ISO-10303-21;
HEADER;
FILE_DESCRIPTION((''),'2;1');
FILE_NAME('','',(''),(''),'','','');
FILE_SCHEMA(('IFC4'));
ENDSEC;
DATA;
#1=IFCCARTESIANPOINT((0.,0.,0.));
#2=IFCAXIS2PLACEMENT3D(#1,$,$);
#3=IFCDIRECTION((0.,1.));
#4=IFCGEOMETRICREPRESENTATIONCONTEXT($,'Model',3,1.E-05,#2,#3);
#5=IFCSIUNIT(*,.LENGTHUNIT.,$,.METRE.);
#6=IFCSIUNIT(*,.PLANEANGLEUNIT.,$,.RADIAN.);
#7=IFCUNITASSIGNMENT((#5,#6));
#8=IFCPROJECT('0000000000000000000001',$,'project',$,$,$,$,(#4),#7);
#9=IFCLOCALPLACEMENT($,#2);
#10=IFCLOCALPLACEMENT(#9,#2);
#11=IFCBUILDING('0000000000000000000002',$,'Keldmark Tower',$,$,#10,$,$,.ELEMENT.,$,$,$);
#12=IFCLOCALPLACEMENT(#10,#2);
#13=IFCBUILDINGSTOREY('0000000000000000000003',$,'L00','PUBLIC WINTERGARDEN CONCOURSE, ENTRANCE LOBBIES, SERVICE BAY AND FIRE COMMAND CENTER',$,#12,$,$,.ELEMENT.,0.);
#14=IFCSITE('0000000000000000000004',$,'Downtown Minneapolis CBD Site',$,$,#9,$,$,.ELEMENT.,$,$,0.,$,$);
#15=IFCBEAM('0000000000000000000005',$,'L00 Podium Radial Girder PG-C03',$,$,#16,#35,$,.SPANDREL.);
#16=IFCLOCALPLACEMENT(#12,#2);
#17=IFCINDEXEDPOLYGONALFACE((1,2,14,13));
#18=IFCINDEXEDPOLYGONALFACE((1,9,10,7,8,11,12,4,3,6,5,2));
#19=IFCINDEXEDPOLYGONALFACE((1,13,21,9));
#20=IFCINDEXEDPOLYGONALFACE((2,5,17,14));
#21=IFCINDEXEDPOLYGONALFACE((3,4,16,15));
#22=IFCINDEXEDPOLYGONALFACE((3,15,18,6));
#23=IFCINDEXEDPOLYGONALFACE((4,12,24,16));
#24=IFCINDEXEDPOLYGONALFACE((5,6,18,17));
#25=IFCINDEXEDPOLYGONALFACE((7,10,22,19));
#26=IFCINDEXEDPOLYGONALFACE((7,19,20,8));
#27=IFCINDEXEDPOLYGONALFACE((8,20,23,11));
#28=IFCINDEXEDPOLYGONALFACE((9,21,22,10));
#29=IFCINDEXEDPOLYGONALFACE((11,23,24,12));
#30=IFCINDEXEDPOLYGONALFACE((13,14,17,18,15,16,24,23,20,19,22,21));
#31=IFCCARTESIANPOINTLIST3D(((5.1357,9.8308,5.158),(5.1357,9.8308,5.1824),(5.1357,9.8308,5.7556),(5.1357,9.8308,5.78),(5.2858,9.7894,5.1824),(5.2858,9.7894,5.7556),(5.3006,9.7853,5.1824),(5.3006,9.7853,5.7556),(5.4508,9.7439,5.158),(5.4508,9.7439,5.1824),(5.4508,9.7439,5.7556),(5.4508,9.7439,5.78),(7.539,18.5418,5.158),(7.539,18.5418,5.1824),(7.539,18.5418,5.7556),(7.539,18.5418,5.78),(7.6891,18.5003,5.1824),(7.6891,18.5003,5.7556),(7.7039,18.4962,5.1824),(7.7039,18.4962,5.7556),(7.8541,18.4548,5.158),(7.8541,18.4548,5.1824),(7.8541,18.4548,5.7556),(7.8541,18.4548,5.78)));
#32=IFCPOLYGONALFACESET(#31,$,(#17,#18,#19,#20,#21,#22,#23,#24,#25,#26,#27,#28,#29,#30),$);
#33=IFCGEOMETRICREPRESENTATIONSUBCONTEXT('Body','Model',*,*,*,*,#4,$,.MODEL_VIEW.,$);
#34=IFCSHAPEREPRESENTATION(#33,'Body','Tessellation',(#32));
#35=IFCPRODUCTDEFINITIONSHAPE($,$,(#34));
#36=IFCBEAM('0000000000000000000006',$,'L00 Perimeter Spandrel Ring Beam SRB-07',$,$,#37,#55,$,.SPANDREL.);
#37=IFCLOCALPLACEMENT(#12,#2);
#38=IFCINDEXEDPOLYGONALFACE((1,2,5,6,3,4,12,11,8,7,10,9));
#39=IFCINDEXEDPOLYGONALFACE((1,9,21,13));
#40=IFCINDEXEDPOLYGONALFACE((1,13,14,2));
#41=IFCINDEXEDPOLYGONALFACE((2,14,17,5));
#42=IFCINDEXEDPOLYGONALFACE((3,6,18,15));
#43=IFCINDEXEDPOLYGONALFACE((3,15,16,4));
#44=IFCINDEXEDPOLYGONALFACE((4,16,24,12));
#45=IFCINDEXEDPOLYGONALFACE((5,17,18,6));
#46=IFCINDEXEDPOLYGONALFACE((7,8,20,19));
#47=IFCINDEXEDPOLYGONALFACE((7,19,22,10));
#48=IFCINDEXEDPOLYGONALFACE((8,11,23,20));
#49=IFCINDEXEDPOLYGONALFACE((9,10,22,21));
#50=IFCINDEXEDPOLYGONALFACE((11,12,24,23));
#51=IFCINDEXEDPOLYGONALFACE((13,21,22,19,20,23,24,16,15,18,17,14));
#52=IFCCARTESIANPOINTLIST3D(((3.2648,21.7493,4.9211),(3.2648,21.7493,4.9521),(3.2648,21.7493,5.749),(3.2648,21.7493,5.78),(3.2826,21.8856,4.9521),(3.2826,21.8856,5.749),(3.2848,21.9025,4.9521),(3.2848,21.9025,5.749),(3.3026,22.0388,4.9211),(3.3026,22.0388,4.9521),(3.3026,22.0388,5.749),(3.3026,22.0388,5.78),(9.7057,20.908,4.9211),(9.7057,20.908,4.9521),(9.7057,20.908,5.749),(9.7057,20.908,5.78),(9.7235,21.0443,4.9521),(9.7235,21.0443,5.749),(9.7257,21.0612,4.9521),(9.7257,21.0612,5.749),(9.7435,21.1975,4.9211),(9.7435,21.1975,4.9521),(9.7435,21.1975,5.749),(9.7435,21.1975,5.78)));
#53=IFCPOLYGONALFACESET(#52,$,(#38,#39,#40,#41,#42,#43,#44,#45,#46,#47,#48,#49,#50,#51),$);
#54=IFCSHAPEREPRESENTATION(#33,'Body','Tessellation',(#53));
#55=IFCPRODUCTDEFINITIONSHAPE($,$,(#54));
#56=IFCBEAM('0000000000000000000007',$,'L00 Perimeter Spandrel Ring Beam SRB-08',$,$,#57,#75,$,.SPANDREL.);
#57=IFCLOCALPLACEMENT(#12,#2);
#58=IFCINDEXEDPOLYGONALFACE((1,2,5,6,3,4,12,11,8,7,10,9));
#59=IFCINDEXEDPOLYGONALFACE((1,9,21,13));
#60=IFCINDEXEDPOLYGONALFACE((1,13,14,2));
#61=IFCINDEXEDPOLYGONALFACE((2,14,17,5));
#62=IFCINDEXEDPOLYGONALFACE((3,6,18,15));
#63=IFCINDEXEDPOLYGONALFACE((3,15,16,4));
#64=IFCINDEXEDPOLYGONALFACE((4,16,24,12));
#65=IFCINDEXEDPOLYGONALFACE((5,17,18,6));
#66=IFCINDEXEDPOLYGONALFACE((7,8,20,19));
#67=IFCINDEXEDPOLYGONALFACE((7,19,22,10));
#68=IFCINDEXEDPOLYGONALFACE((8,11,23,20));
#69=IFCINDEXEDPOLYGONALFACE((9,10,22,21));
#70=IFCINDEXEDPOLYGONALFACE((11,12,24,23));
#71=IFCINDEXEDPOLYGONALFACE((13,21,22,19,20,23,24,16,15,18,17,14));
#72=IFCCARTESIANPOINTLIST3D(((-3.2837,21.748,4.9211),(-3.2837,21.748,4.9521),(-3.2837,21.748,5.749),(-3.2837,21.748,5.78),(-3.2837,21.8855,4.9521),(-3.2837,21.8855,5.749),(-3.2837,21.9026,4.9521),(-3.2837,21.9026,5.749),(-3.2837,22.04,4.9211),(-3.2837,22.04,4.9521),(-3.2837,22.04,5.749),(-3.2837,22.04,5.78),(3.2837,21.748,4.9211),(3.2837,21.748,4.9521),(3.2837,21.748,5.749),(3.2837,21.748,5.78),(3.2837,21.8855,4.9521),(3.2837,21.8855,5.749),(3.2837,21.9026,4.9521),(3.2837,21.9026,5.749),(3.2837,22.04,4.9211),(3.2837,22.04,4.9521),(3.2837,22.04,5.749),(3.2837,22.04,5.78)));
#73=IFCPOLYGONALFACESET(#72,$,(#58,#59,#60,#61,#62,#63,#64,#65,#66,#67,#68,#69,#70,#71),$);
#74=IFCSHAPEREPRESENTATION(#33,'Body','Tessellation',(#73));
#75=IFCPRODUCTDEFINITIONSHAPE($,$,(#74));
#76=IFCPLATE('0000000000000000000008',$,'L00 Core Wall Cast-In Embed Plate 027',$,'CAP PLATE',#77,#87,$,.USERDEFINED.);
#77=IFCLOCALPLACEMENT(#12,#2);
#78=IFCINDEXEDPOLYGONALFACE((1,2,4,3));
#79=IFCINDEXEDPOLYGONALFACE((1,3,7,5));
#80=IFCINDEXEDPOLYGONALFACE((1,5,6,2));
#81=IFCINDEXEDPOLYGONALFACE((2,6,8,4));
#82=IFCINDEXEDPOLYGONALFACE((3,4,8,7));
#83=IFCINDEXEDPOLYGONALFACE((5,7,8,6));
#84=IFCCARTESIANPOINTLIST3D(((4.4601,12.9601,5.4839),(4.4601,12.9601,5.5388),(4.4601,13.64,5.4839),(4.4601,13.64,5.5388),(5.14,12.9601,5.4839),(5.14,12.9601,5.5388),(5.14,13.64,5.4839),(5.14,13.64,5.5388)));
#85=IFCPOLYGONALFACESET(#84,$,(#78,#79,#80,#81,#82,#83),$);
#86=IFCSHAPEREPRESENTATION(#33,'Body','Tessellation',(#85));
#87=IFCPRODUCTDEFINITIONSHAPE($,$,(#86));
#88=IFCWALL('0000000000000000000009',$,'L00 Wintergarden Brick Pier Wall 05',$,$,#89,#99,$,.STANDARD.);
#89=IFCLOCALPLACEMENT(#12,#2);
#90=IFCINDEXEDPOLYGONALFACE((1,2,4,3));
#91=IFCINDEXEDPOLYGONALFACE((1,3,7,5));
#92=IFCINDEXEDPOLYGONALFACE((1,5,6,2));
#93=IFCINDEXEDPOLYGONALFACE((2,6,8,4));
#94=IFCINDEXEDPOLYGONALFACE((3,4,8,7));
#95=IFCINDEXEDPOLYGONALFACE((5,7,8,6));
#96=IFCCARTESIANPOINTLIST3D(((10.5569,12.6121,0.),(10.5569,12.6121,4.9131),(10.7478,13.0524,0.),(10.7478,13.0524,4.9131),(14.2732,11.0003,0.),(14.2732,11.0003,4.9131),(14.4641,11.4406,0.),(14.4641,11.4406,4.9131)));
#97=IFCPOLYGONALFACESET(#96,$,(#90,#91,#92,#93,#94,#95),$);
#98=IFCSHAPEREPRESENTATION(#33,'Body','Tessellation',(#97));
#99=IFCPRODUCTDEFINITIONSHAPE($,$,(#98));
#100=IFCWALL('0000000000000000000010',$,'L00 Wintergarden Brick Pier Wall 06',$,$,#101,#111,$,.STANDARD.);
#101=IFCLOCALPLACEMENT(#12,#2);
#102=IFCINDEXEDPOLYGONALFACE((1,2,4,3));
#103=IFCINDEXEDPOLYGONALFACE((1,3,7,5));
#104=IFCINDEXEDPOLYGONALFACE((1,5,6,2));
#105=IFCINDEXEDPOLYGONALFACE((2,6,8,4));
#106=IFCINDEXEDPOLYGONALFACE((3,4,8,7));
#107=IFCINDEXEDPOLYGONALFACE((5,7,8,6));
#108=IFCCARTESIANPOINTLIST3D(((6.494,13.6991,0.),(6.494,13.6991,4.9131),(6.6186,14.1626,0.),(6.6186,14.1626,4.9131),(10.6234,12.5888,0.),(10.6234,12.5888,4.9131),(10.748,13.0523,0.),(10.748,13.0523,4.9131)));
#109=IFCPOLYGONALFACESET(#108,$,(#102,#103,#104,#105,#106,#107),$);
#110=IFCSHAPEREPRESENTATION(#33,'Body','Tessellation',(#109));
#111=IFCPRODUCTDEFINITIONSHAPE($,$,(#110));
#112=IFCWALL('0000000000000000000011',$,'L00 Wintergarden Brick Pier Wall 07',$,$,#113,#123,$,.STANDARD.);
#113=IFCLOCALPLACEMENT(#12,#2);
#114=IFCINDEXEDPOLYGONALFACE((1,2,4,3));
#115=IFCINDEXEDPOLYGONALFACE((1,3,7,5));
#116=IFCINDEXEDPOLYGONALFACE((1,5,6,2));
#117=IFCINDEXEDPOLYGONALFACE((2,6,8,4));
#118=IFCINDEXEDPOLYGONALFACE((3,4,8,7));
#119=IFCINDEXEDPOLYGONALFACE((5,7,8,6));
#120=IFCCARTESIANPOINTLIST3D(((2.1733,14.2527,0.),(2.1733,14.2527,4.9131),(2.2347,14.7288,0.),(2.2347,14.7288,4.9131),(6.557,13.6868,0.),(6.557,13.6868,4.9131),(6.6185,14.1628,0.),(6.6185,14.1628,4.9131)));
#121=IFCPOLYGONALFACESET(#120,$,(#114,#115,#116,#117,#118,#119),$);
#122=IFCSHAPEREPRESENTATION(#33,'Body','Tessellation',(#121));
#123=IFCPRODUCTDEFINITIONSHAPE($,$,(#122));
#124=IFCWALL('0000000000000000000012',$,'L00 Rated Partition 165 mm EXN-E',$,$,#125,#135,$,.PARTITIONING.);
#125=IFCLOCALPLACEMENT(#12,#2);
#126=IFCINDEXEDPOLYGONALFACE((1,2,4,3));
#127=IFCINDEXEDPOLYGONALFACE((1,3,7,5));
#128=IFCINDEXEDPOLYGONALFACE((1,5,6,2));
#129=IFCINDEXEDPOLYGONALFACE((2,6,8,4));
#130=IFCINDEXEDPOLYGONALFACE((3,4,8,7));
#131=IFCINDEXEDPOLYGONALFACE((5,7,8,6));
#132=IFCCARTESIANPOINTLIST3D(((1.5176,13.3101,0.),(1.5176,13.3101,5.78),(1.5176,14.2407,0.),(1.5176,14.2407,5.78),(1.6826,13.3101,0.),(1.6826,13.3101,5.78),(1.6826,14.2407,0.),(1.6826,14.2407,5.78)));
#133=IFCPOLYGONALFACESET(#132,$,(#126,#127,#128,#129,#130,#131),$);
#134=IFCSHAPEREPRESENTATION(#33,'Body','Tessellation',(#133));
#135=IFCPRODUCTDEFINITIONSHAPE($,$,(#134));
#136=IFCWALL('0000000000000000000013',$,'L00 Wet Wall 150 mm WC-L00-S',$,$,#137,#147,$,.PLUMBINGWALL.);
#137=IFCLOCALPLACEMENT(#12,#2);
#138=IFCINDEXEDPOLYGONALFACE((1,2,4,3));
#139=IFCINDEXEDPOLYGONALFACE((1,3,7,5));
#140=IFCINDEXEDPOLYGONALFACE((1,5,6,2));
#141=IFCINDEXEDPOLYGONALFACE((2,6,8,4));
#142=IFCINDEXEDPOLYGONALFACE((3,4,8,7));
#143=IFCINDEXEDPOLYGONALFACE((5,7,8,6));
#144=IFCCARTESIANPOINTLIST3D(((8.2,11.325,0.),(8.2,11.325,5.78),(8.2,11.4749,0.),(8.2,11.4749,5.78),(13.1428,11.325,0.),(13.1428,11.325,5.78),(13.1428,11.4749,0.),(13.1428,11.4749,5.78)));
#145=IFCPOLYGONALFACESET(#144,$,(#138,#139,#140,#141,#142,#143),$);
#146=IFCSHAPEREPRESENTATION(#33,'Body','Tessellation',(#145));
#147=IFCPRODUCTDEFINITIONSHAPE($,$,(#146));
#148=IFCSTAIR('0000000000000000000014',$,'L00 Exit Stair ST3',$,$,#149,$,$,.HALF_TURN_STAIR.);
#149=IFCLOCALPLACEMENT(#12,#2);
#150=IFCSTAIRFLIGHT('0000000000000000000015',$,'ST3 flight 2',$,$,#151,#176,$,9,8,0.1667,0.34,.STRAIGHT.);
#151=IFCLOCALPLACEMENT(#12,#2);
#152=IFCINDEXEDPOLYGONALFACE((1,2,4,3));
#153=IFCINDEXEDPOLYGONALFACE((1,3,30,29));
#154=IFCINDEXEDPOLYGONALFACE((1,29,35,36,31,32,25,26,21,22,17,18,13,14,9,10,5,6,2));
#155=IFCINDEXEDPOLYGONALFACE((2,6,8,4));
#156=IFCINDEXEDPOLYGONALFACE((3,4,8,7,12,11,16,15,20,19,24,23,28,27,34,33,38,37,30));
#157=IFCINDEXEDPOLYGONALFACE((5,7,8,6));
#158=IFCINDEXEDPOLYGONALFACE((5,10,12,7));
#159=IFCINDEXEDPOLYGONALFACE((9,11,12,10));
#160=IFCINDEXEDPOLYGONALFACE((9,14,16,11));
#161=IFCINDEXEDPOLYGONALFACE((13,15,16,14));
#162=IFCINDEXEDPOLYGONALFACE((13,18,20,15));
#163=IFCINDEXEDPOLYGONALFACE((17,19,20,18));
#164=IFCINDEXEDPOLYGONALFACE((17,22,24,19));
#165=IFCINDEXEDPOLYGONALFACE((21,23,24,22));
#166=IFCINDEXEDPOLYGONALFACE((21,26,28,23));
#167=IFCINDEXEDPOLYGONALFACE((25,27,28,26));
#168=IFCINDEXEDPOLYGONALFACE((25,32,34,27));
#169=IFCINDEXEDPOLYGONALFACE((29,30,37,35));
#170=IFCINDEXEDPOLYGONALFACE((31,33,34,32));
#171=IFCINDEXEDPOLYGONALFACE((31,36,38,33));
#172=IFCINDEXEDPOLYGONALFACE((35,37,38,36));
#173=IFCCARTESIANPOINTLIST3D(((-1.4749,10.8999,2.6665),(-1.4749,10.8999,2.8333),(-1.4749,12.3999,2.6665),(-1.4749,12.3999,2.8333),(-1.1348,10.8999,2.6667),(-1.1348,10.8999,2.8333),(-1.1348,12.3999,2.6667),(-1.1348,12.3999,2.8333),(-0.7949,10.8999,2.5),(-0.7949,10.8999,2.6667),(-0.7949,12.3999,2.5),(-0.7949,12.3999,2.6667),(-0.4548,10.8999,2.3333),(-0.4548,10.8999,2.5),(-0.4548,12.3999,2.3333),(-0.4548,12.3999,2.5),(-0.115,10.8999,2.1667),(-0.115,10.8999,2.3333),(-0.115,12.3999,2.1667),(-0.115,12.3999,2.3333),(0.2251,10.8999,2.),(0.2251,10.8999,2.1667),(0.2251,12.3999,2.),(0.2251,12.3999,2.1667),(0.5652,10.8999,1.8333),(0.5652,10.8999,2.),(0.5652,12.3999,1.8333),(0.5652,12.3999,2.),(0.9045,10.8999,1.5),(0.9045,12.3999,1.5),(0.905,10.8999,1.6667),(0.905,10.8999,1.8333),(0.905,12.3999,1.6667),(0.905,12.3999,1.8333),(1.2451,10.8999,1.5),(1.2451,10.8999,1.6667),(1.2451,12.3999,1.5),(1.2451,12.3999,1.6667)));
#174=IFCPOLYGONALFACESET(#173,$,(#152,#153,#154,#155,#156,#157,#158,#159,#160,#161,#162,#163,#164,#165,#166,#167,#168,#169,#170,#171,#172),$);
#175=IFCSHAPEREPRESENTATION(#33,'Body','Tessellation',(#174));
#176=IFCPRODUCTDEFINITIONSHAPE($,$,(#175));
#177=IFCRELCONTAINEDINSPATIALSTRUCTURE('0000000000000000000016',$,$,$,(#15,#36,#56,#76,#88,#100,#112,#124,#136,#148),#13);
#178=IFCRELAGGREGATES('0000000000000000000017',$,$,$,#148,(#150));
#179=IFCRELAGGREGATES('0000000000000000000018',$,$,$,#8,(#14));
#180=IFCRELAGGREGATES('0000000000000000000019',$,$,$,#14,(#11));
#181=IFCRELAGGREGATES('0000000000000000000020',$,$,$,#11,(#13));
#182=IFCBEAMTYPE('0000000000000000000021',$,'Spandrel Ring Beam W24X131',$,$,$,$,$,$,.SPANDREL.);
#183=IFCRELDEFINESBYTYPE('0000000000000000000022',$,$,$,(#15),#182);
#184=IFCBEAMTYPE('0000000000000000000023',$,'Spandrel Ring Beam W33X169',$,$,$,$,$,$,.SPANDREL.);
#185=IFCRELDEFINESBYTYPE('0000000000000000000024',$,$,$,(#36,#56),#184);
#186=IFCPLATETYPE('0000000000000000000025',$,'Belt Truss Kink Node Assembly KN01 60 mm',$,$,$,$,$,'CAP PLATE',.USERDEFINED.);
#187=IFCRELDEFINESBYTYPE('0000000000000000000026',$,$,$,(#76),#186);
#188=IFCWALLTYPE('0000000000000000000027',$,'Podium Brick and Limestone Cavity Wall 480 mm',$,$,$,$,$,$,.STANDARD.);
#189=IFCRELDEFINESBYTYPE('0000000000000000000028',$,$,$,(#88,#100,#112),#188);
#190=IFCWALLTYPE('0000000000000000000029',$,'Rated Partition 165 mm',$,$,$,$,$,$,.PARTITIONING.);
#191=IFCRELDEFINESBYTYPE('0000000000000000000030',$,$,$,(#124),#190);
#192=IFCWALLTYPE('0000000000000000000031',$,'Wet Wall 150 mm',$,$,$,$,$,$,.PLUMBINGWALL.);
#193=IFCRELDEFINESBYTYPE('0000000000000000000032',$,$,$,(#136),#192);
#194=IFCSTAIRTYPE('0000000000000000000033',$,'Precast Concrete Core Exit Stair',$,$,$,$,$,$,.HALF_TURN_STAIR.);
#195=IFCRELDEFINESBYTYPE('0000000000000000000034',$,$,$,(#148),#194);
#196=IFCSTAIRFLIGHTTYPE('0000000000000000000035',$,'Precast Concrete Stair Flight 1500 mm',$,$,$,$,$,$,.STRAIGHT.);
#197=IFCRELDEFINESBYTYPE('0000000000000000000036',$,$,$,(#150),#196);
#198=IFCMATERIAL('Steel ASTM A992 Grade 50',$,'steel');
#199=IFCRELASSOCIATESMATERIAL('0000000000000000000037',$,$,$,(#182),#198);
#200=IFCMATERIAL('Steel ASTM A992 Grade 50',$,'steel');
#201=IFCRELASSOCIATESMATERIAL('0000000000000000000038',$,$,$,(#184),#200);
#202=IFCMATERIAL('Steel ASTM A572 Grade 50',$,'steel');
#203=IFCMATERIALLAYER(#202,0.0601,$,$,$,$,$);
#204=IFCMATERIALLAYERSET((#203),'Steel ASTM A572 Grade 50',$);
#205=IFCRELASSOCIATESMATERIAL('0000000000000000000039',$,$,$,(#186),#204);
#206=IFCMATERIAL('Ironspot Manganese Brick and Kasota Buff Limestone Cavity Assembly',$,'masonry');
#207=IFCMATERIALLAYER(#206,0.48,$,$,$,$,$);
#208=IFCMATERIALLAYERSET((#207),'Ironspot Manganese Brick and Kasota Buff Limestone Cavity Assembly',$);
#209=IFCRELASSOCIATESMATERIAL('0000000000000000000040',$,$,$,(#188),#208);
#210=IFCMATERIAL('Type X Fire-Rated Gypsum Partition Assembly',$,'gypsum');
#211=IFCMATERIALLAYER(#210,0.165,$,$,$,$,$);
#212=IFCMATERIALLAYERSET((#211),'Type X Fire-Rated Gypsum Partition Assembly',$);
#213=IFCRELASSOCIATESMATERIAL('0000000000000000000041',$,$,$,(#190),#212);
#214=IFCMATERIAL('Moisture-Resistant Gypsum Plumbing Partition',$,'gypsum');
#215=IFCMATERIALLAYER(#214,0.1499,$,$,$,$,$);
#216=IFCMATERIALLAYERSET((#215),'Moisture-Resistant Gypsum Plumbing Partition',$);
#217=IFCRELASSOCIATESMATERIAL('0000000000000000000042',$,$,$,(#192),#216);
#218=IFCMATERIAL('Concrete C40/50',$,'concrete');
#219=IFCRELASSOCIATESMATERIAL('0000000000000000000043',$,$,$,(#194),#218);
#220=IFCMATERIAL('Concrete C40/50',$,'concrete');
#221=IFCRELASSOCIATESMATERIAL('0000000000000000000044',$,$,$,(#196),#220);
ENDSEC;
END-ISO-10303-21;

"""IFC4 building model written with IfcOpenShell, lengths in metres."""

from ifc_helpers import new_model, si_unit, direction, frame, frame_2d, origin, origin_2d, place, context, subcontext, project, spatial, polyline, rectangle, i_section, outline, extrude, material, layer, layer_set, material_profile, profile_set, type_object, element, aggregate, save


model = new_model("IFC4")

# Units and contexts
model_context = context("Model", 3, precision=1e-05, world=origin(), true_north=direction((0.0, 1.0)))
body_context = subcontext(model_context, "Body", "Model", "MODEL_VIEW")
ifc_project = project(units=[si_unit("LENGTHUNIT", "METRE"), si_unit("PLANEANGLEUNIT", "RADIAN")], contexts=[model_context])

# Site, building, storey
site_placement = place(None, origin())
site = spatial("IfcSite", under=ifc_project, at=site_placement, Name="Downtown Minneapolis CBD Site", CompositionType="ELEMENT", RefElevation=0.0)
building_placement = place(site_placement, origin())
building = spatial("IfcBuilding", under=site, at=building_placement, Name="Keldmark Tower", CompositionType="ELEMENT")
storey_placement = place(building_placement, origin())
storey = spatial("IfcBuildingStorey", under=building, at=storey_placement, Name="L00", Description="PUBLIC WINTERGARDEN CONCOURSE, ENTRANCE LOBBIES, SERVICE BAY AND FIRE COMMAND CENTER", CompositionType="ELEMENT", Elevation=0.0)

# Beams
ifc_material_1 = material(Name="Steel ASTM A992 Grade 50", Category="steel")
ifc_material_profile_1 = material_profile(ifc_material_1, i_section(OverallWidth=0.3269, OverallDepth=0.6221, WebThickness=0.0154, FlangeThickness=0.0244, at=origin_2d()), Name="W24X131")
ifc_profile_set_1 = profile_set([ifc_material_profile_1], Name="Steel ASTM A992 Grade 50")
beam_type_1 = type_object("IfcBeamType", Name="Spandrel Ring Beam W24X131", PredefinedType="SPANDREL", material=ifc_profile_set_1)
beam_1_placement = place(storey_placement, frame((7.6965, 18.4983, 5.469), z_axis=(-0.26596, -0.963984, 0.0), x_axis=(0.963984, -0.26596, 0.0)))
element("IfcBeam", 1, at=beam_1_placement, inside=storey, type_object=beam_type_1, Name="L00 Podium Radial Girder PG-C03", PredefinedType="SPANDREL", context=body_context, shape_type="SweptSolid", body=[
    extrude(i_section(OverallWidth=0.3269, OverallDepth=0.6221, WebThickness=0.0154, FlangeThickness=0.0244, at=origin_2d()), origin(), (0.0, 0.0, 1.0), 9.0364),
])
ifc_material_2 = material(Name="Steel ASTM A992 Grade 50", Category="steel")
ifc_material_profile_2 = material_profile(ifc_material_2, i_section(OverallWidth=0.292, OverallDepth=0.8589, WebThickness=0.0171, FlangeThickness=0.031, at=origin_2d()), Name="W33X169")
ifc_profile_set_2 = profile_set([ifc_material_profile_2], Name="Steel ASTM A992 Grade 50")
beam_type_2 = type_object("IfcBeamType", Name="Spandrel Ring Beam W33X169", PredefinedType="SPANDREL", material=ifc_profile_set_2)
beam_2_placement = place(storey_placement, frame((9.7246, 21.0527, 5.3506), z_axis=(-0.991577, 0.129519, 0.0), x_axis=(-0.129519, -0.991577, 0.0)))
element("IfcBeam", 2, at=beam_2_placement, inside=storey, type_object=beam_type_2, Name="L00 Perimeter Spandrel Ring Beam SRB-07", PredefinedType="SPANDREL", context=body_context, shape_type="SweptSolid", body=[
    extrude(i_section(OverallWidth=0.292, OverallDepth=0.8589, WebThickness=0.0171, FlangeThickness=0.031, at=origin_2d()), origin(), (0.0, 0.0, 1.0), 6.4956),
])
beam_3_placement = place(storey_placement, frame((3.2837, 21.894, 5.3506), z_axis=(-1.0, 0.0, 0.0), x_axis=(0.0, -1.0, 0.0)))
element("IfcBeam", 3, at=beam_3_placement, inside=storey, type_object=beam_type_2, Name="L00 Perimeter Spandrel Ring Beam SRB-08", PredefinedType="SPANDREL", context=body_context, shape_type="SweptSolid", body=[
    extrude(i_section(OverallWidth=0.292, OverallDepth=0.8589, WebThickness=0.0171, FlangeThickness=0.031, at=origin_2d()), origin(), (0.0, 0.0, 1.0), 6.5674),
])

# Plate
ifc_material_3 = material(Name="Steel ASTM A572 Grade 50", Category="steel")
ifc_layer_1 = layer(ifc_material_3, 0.0601)
ifc_layer_set_1 = layer_set([ifc_layer_1], Name="Steel ASTM A572 Grade 50")
plate_type = type_object("IfcPlateType", Name="Belt Truss Kink Node Assembly KN01 60 mm", ElementType="CAP PLATE", PredefinedType="USERDEFINED", material=ifc_layer_set_1)
plate_placement = place(storey_placement, frame((4.8, 13.3, 5.4839), z_axis=(0.0, 0.0, 1.0), x_axis=(1.0, 0.0, 0.0)))
element("IfcPlate", 4, at=plate_placement, inside=storey, type_object=plate_type, Name="L00 Core Wall Cast-In Embed Plate 027", ObjectType="CAP PLATE", PredefinedType="USERDEFINED", context=body_context, shape_type="SweptSolid", body=[
    extrude(rectangle(XDim=0.6799, YDim=0.6799, at=origin_2d()), origin(), (0.0, 0.0, 1.0), 0.0549),
])

# Walls
ifc_material_4 = material(Name="Ironspot Manganese Brick and Kasota Buff Limestone Cavity Assembly", Category="masonry")
ifc_layer_2 = layer(ifc_material_4, 0.48)
ifc_layer_set_2 = layer_set([ifc_layer_2], Name="Ironspot Manganese Brick and Kasota Buff Limestone Cavity Assembly")
wall_type_1 = type_object("IfcWallType", Name="Podium Brick and Limestone Cavity Wall 480 mm", PredefinedType="STANDARD", material=ifc_layer_set_2)
wall_1_placement = place(storey_placement, frame((10.6523, 12.8323, 0.0), z_axis=(0.0, 0.0, 1.0), x_axis=(0.917428, -0.397902, 0.0)))
element("IfcWall", 5, at=wall_1_placement, inside=storey, type_object=wall_type_1, Name="L00 Wintergarden Brick Pier Wall 05", PredefinedType="STANDARD", context=body_context, shape_type="SweptSolid", body=[
    extrude(rectangle(XDim=4.0508, YDim=0.48, at=frame_2d((2.0254, 0.0))), origin(), (0.0, 0.0, 1.0), 4.9131),
])
wall_2_placement = place(storey_placement, frame((6.5562, 13.9309, 0.0), z_axis=(0.0, 0.0, 1.0), x_axis=(0.965698, -0.259666, 0.0)))
element("IfcWall", 6, at=wall_2_placement, inside=storey, type_object=wall_type_1, Name="L00 Wintergarden Brick Pier Wall 06", PredefinedType="STANDARD", context=body_context, shape_type="SweptSolid", body=[
    extrude(rectangle(XDim=4.2761, YDim=0.48, at=frame_2d((2.1382, 0.0))), origin(), (0.0, 0.0, 1.0), 4.9131),
])
wall_3_placement = place(storey_placement, frame((2.2041, 14.4907, 0.0), z_axis=(0.0, 0.0, 1.0), x_axis=(0.99177, -0.128031, 0.0)))
element("IfcWall", 7, at=wall_3_placement, inside=storey, type_object=wall_type_1, Name="L00 Wintergarden Brick Pier Wall 07", PredefinedType="STANDARD", context=body_context, shape_type="SweptSolid", body=[
    extrude(rectangle(XDim=4.4202, YDim=0.48, at=frame_2d((2.21, 0.0))), origin(), (0.0, 0.0, 1.0), 4.9131),
])
ifc_material_5 = material(Name="Type X Fire-Rated Gypsum Partition Assembly", Category="gypsum")
ifc_layer_3 = layer(ifc_material_5, 0.165)
ifc_layer_set_3 = layer_set([ifc_layer_3], Name="Type X Fire-Rated Gypsum Partition Assembly")
wall_type_2 = type_object("IfcWallType", Name="Rated Partition 165 mm", PredefinedType="PARTITIONING", material=ifc_layer_set_3)
wall_4_placement = place(storey_placement, frame((1.6001, 13.3101, 0.0), z_axis=(0.0, 0.0, 1.0), x_axis=(0.0, 1.0, 0.0)))
element("IfcWall", 8, at=wall_4_placement, inside=storey, type_object=wall_type_2, Name="L00 Rated Partition 165 mm EXN-E", PredefinedType="PARTITIONING", context=body_context, shape_type="SweptSolid", body=[
    extrude(rectangle(XDim=0.9307, YDim=0.165, at=frame_2d((0.4653, 0.0))), origin(), (0.0, 0.0, 1.0), 5.78),
])
ifc_material_6 = material(Name="Moisture-Resistant Gypsum Plumbing Partition", Category="gypsum")
ifc_layer_4 = layer(ifc_material_6, 0.1499)
ifc_layer_set_4 = layer_set([ifc_layer_4], Name="Moisture-Resistant Gypsum Plumbing Partition")
wall_type_3 = type_object("IfcWallType", Name="Wet Wall 150 mm", PredefinedType="PLUMBINGWALL", material=ifc_layer_set_4)
wall_5_placement = place(storey_placement, frame((8.2, 11.3999, 0.0), z_axis=(0.0, 0.0, 1.0), x_axis=(1.0, 0.0, 0.0)))
element("IfcWall", 9, at=wall_5_placement, inside=storey, type_object=wall_type_3, Name="L00 Wet Wall 150 mm WC-L00-S", PredefinedType="PLUMBINGWALL", context=body_context, shape_type="SweptSolid", body=[
    extrude(rectangle(XDim=4.9429, YDim=0.1499, at=frame_2d((2.4714, 0.0))), origin(), (0.0, 0.0, 1.0), 5.78),
])

# Stair, stair flight
ifc_material_7 = material(Name="Concrete C40/50", Category="concrete")
stair_type = type_object("IfcStairType", Name="Precast Concrete Core Exit Stair", PredefinedType="HALF_TURN_STAIR", material=ifc_material_7)
stair_placement = place(storey_placement, origin())
stair = element("IfcStair", 10, at=stair_placement, inside=storey, type_object=stair_type, Name="L00 Exit Stair ST3", PredefinedType="HALF_TURN_STAIR")
ifc_material_8 = material(Name="Concrete C40/50", Category="concrete")
stair_flight_type = type_object("IfcStairFlightType", Name="Precast Concrete Stair Flight 1500 mm", PredefinedType="STRAIGHT", material=ifc_material_8)
stair_flight_1_placement = place(storey_placement, frame((1.2451, 11.6499, 1.5), z_axis=(0.0, 0.0, 1.0), x_axis=(-1.0, 0.0, 0.0)))
stair_flight_1 = element("IfcStairFlight", 11, at=stair_flight_1_placement, type_object=stair_flight_type, Name="ST3 flight 2", NumberOfRisers=9, NumberOfTreads=8, PredefinedType="STRAIGHT", RiserHeight=0.1667, TreadLength=0.34, context=body_context, shape_type="SweptSolid", body=[
    extrude(outline(polyline([(0.0, 0.0), (0.0, 0.1667), (0.3401, 0.1667), (0.3401, 0.3333), (0.6799, 0.3333), (0.6799, 0.5), (1.02, 0.5), (1.02, 0.6667), (1.3601, 0.6667), (1.3601, 0.8333), (1.7, 0.8333), (1.7, 1.0), (2.04, 1.0), (2.04, 1.1667), (2.3799, 1.1667), (2.3799, 1.3333), (2.72, 1.3333), (2.72, 1.5), (2.72, 1.1665), (0.3406, 0.0), (0.0, 0.0)])), frame((0.0, 0.75, 0.0), z_axis=(0.0, -1.0, 0.0), x_axis=(1.0, 0.0, 0.0)), (0.0, 0.0, 1.0), 1.5),
])
aggregate(stair, [stair_flight_1])

save(model, "model.ifc")
